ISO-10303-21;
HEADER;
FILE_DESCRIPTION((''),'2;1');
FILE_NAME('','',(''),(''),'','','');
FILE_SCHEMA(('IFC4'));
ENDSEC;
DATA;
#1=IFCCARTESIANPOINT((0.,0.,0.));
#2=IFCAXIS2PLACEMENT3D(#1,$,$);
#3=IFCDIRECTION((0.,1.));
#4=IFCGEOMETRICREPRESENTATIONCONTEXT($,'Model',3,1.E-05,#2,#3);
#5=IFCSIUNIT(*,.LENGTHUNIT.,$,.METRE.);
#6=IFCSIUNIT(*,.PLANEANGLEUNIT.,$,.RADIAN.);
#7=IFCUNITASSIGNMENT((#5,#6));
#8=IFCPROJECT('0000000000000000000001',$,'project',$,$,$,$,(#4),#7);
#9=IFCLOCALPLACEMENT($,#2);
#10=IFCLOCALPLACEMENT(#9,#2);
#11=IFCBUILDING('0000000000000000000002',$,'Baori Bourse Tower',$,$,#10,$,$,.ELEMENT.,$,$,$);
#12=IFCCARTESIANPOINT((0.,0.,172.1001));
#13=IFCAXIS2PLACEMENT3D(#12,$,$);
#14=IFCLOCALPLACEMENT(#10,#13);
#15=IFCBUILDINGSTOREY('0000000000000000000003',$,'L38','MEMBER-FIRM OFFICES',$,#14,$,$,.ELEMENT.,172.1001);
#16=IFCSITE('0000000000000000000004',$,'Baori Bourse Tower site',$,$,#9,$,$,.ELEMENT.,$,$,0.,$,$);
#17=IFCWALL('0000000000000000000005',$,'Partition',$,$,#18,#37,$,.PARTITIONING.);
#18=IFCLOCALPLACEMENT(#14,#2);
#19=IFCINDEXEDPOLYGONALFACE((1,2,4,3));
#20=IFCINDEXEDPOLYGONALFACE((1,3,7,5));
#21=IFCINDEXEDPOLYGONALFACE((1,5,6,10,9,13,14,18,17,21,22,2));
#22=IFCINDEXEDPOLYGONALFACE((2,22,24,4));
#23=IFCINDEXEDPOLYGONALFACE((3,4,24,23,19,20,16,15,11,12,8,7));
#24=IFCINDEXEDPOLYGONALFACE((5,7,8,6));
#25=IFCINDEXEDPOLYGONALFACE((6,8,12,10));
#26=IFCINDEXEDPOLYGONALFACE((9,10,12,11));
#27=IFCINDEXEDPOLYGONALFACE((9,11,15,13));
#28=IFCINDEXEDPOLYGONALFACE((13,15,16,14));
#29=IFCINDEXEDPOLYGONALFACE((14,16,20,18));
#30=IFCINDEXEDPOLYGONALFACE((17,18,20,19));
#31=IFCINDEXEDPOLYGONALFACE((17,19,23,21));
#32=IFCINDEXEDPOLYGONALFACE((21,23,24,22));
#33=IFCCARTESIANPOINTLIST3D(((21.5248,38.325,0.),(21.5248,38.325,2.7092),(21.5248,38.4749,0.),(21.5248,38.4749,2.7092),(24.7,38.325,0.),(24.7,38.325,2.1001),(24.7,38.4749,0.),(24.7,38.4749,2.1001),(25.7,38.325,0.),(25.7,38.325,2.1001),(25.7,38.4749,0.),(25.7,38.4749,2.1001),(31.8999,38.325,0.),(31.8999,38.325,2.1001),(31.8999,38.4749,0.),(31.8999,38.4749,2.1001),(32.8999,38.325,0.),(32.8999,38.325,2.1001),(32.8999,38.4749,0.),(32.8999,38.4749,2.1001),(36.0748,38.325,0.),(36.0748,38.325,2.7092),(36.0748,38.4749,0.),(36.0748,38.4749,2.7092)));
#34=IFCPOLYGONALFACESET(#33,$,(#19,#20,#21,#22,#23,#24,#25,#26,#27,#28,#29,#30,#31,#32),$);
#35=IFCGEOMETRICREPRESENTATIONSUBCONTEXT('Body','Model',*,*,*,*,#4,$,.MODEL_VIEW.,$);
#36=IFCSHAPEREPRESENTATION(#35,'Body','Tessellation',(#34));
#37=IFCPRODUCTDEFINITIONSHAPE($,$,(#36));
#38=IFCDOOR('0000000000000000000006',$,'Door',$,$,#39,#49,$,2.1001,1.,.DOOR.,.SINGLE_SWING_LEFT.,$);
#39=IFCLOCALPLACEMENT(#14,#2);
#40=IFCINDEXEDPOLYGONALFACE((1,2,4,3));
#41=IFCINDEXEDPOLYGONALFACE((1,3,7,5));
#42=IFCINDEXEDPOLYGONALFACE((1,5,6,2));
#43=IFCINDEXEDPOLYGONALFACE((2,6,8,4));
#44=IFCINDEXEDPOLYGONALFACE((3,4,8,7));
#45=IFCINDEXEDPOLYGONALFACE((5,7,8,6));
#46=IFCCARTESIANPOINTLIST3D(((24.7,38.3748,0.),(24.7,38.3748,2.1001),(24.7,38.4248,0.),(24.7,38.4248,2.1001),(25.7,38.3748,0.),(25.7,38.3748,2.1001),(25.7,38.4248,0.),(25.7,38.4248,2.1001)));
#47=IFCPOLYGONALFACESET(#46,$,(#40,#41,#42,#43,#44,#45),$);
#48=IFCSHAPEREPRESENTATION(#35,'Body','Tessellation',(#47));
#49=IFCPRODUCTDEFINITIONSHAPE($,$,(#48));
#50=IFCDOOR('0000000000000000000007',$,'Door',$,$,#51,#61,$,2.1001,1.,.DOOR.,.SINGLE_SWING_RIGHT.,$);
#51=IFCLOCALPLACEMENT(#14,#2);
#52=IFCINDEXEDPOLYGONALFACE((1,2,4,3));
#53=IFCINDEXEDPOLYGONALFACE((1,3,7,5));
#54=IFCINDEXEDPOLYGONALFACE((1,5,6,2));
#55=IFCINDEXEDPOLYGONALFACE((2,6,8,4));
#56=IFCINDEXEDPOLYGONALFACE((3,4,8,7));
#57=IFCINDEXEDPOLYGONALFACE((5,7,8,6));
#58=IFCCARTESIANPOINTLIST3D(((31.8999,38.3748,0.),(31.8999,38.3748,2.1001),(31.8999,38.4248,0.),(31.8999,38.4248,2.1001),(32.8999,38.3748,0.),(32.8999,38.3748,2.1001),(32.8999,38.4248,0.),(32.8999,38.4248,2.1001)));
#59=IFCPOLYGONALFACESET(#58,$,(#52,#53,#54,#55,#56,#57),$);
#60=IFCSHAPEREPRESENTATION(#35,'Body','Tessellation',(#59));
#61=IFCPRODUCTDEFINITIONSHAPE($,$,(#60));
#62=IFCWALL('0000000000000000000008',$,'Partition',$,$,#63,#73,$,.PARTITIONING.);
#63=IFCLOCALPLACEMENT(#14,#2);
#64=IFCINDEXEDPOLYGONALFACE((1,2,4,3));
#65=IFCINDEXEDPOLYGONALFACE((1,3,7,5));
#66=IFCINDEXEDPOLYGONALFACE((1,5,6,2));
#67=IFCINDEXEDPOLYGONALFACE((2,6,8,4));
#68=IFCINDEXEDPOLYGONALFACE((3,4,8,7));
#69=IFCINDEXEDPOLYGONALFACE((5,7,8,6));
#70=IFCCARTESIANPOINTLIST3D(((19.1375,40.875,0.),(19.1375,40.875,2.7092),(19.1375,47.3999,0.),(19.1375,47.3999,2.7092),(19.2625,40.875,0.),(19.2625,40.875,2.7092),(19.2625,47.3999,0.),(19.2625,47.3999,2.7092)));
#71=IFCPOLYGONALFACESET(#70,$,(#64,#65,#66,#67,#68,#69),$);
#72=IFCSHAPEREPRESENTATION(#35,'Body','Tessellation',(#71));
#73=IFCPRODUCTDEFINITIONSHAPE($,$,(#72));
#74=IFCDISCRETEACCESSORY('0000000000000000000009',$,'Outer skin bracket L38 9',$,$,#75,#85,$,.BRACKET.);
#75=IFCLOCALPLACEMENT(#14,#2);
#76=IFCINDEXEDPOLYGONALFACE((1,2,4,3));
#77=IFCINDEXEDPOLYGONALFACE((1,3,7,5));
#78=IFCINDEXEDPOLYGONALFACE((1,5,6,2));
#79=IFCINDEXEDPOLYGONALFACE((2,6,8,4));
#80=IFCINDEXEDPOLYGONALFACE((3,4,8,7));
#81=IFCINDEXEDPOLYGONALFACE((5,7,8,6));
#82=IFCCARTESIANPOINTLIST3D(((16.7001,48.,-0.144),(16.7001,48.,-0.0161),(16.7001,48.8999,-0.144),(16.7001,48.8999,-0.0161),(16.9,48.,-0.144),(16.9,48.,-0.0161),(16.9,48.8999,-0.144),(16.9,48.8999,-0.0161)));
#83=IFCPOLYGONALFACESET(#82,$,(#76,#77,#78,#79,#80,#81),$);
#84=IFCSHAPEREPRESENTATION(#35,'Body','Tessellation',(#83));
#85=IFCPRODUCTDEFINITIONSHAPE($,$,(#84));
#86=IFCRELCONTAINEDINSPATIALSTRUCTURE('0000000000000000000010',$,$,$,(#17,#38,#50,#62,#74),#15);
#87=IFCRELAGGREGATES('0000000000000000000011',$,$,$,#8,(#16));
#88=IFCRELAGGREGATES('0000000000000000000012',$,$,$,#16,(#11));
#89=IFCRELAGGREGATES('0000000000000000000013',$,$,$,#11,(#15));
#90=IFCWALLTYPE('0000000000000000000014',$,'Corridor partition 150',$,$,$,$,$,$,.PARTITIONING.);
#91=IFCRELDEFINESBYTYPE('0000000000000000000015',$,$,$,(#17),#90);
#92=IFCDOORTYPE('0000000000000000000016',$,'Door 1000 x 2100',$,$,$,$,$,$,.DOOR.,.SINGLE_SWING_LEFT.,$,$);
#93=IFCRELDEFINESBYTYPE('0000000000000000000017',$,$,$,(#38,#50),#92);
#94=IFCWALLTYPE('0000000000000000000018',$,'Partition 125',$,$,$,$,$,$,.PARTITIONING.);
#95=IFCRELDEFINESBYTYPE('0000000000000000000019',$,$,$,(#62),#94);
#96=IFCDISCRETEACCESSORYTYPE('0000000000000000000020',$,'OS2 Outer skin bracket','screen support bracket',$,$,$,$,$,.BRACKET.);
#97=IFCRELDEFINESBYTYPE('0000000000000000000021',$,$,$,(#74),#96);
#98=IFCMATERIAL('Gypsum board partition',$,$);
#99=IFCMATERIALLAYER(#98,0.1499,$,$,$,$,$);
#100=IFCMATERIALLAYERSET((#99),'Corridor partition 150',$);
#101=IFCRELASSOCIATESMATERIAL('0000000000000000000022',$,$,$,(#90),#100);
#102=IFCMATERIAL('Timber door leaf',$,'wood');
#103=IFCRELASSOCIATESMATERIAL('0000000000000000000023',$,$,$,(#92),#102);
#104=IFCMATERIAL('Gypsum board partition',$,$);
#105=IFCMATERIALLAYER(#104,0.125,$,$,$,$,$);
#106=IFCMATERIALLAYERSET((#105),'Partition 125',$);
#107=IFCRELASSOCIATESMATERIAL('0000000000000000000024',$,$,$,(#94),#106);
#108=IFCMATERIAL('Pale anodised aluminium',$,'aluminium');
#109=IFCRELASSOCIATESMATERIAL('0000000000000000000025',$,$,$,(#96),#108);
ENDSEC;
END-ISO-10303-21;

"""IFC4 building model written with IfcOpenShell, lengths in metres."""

from ifc_helpers import new_model, si_unit, direction, frame, frame_2d, origin, origin_2d, place, context, subcontext, project, spatial, rectangle, extrude, material, layer, layer_set, type_object, element, fill, save


model = new_model("IFC4")

# Units and contexts
model_context = context("Model", 3, precision=1e-05, world=origin(), true_north=direction((0.0, 1.0)))
body_context = subcontext(model_context, "Body", "Model", "MODEL_VIEW")
ifc_project = project(units=[si_unit("LENGTHUNIT", "METRE"), si_unit("PLANEANGLEUNIT", "RADIAN")], contexts=[model_context])

# Site, building, storey
site_placement = place(None, origin())
site = spatial("IfcSite", under=ifc_project, at=site_placement, Name="Baori Bourse Tower site", CompositionType="ELEMENT", RefElevation=0.0)
building_placement = place(site_placement, origin())
building = spatial("IfcBuilding", under=site, at=building_placement, Name="Baori Bourse Tower", CompositionType="ELEMENT")
storey_placement = place(building_placement, frame((0.0, 0.0, 172.1001)))
storey = spatial("IfcBuildingStorey", under=building, at=storey_placement, Name="L38", Description="MEMBER-FIRM OFFICES", CompositionType="ELEMENT", Elevation=172.1001)

# Wall, openings, doors
ifc_material_1 = material(Name="Gypsum board partition")
ifc_layer_1 = layer(ifc_material_1, 0.1499)
ifc_layer_set_1 = layer_set([ifc_layer_1], Name="Corridor partition 150")
wall_type_1 = type_object("IfcWallType", Name="Corridor partition 150", PredefinedType="PARTITIONING", material=ifc_layer_set_1)
wall_1_placement = place(storey_placement, frame((21.5249, 38.3999, 0.0), z_axis=(0.0, 0.0, 1.0), x_axis=(1.0, 0.0, 0.0)))
wall_1 = element("IfcWall", 1, at=wall_1_placement, inside=storey, type_object=wall_type_1, Name="Partition", PredefinedType="PARTITIONING", context=body_context, shape_type="SweptSolid", body=[
    extrude(rectangle(XDim=14.55, YDim=0.1499, at=frame_2d((7.2749, 0.0))), origin(), (0.0, 0.0, 1.0), 2.7092),
])
opening_1_placement = place(wall_1_placement, frame((3.175, 0.0, 0.0)))
opening_1 = element("IfcOpeningElement", 2, at=opening_1_placement, cuts=wall_1, PredefinedType="OPENING", context=body_context, shape_type="SweptSolid", body=[
    extrude(rectangle(XDim=1.0, YDim=2.1001, at=frame_2d((0.5, 1.05))), frame((0.0, 0.085, 0.0), z_axis=(0.0, -1.0, 0.0), x_axis=(1.0, 0.0, 0.0)), (0.0, 0.0, 1.0), 0.1699),
])
opening_2_placement = place(wall_1_placement, frame((10.375, 0.0, 0.0)))
opening_2 = element("IfcOpeningElement", 3, at=opening_2_placement, cuts=wall_1, PredefinedType="OPENING", context=body_context, shape_type="SweptSolid", body=[
    extrude(rectangle(XDim=1.0, YDim=2.1001, at=frame_2d((0.5, 1.05))), frame((0.0, 0.085, 0.0), z_axis=(0.0, -1.0, 0.0), x_axis=(1.0, 0.0, 0.0)), (0.0, 0.0, 1.0), 0.1699),
])
ifc_material_2 = material(Name="Timber door leaf", Category="wood")
door_type_1 = type_object("IfcDoorType", Name="Door 1000 x 2100", OperationType="SINGLE_SWING_LEFT", PredefinedType="DOOR", material=ifc_material_2)
door_1_placement = place(opening_1_placement, origin())
door_1 = element("IfcDoor", 4, at=door_1_placement, inside=storey, type_object=door_type_1, Name="Door", OperationType="SINGLE_SWING_LEFT", OverallHeight=2.1001, OverallWidth=1.0, PredefinedType="DOOR", context=body_context, shape_type="SweptSolid", body=[
    extrude(rectangle(XDim=1.0, YDim=2.1001, at=frame_2d((0.5, 1.05))), frame((0.0, 0.0249, 0.0), z_axis=(0.0, -1.0, 0.0), x_axis=(1.0, 0.0, 0.0)), (0.0, 0.0, 1.0), 0.05),
])
fill(opening_1, door_1)
door_2_placement = place(opening_2_placement, origin())
door_2 = element("IfcDoor", 5, at=door_2_placement, inside=storey, type_object=door_type_1, Name="Door", OperationType="SINGLE_SWING_RIGHT", OverallHeight=2.1001, OverallWidth=1.0, PredefinedType="DOOR", context=body_context, shape_type="SweptSolid", body=[
    extrude(rectangle(XDim=1.0, YDim=2.1001, at=frame_2d((0.5, 1.05))), frame((0.0, 0.0249, 0.0), z_axis=(0.0, -1.0, 0.0), x_axis=(1.0, 0.0, 0.0)), (0.0, 0.0, 1.0), 0.05),
])
fill(opening_2, door_2)

# Wall
ifc_material_3 = material(Name="Gypsum board partition")
ifc_layer_2 = layer(ifc_material_3, 0.125)
ifc_layer_set_2 = layer_set([ifc_layer_2], Name="Partition 125")
wall_type_2 = type_object("IfcWallType", Name="Partition 125", PredefinedType="PARTITIONING", material=ifc_layer_set_2)
wall_2_placement = place(storey_placement, frame((19.2, 40.875, 0.0), z_axis=(0.0, 0.0, 1.0), x_axis=(0.0, 1.0, 0.0)))
element("IfcWall", 6, at=wall_2_placement, inside=storey, type_object=wall_type_2, Name="Partition", PredefinedType="PARTITIONING", context=body_context, shape_type="SweptSolid", body=[
    extrude(rectangle(XDim=6.5249, YDim=0.125, at=frame_2d((3.2625, 0.0))), origin(), (0.0, 0.0, 1.0), 2.7092),
])

# Discrete accessory
ifc_material_4 = material(Name="Pale anodised aluminium", Category="aluminium")
discrete_accessory_type = type_object("IfcDiscreteAccessoryType", Name="OS2 Outer skin bracket", Description="screen support bracket", PredefinedType="BRACKET", material=ifc_material_4)
discrete_accessory_placement = place(storey_placement, frame((16.8, 48.45, -0.144), z_axis=(0.0, 0.0, 1.0), x_axis=(-1.0, 0.0, 0.0)))
element("IfcDiscreteAccessory", 7, at=discrete_accessory_placement, inside=storey, type_object=discrete_accessory_type, Name="Outer skin bracket L38 9", PredefinedType="BRACKET", context=body_context, shape_type="SweptSolid", body=[
    extrude(rectangle(XDim=0.2, YDim=0.8999, at=origin_2d()), origin(), (0.0, 0.0, 1.0), 0.1279),
])

save(model, "model.ifc")
